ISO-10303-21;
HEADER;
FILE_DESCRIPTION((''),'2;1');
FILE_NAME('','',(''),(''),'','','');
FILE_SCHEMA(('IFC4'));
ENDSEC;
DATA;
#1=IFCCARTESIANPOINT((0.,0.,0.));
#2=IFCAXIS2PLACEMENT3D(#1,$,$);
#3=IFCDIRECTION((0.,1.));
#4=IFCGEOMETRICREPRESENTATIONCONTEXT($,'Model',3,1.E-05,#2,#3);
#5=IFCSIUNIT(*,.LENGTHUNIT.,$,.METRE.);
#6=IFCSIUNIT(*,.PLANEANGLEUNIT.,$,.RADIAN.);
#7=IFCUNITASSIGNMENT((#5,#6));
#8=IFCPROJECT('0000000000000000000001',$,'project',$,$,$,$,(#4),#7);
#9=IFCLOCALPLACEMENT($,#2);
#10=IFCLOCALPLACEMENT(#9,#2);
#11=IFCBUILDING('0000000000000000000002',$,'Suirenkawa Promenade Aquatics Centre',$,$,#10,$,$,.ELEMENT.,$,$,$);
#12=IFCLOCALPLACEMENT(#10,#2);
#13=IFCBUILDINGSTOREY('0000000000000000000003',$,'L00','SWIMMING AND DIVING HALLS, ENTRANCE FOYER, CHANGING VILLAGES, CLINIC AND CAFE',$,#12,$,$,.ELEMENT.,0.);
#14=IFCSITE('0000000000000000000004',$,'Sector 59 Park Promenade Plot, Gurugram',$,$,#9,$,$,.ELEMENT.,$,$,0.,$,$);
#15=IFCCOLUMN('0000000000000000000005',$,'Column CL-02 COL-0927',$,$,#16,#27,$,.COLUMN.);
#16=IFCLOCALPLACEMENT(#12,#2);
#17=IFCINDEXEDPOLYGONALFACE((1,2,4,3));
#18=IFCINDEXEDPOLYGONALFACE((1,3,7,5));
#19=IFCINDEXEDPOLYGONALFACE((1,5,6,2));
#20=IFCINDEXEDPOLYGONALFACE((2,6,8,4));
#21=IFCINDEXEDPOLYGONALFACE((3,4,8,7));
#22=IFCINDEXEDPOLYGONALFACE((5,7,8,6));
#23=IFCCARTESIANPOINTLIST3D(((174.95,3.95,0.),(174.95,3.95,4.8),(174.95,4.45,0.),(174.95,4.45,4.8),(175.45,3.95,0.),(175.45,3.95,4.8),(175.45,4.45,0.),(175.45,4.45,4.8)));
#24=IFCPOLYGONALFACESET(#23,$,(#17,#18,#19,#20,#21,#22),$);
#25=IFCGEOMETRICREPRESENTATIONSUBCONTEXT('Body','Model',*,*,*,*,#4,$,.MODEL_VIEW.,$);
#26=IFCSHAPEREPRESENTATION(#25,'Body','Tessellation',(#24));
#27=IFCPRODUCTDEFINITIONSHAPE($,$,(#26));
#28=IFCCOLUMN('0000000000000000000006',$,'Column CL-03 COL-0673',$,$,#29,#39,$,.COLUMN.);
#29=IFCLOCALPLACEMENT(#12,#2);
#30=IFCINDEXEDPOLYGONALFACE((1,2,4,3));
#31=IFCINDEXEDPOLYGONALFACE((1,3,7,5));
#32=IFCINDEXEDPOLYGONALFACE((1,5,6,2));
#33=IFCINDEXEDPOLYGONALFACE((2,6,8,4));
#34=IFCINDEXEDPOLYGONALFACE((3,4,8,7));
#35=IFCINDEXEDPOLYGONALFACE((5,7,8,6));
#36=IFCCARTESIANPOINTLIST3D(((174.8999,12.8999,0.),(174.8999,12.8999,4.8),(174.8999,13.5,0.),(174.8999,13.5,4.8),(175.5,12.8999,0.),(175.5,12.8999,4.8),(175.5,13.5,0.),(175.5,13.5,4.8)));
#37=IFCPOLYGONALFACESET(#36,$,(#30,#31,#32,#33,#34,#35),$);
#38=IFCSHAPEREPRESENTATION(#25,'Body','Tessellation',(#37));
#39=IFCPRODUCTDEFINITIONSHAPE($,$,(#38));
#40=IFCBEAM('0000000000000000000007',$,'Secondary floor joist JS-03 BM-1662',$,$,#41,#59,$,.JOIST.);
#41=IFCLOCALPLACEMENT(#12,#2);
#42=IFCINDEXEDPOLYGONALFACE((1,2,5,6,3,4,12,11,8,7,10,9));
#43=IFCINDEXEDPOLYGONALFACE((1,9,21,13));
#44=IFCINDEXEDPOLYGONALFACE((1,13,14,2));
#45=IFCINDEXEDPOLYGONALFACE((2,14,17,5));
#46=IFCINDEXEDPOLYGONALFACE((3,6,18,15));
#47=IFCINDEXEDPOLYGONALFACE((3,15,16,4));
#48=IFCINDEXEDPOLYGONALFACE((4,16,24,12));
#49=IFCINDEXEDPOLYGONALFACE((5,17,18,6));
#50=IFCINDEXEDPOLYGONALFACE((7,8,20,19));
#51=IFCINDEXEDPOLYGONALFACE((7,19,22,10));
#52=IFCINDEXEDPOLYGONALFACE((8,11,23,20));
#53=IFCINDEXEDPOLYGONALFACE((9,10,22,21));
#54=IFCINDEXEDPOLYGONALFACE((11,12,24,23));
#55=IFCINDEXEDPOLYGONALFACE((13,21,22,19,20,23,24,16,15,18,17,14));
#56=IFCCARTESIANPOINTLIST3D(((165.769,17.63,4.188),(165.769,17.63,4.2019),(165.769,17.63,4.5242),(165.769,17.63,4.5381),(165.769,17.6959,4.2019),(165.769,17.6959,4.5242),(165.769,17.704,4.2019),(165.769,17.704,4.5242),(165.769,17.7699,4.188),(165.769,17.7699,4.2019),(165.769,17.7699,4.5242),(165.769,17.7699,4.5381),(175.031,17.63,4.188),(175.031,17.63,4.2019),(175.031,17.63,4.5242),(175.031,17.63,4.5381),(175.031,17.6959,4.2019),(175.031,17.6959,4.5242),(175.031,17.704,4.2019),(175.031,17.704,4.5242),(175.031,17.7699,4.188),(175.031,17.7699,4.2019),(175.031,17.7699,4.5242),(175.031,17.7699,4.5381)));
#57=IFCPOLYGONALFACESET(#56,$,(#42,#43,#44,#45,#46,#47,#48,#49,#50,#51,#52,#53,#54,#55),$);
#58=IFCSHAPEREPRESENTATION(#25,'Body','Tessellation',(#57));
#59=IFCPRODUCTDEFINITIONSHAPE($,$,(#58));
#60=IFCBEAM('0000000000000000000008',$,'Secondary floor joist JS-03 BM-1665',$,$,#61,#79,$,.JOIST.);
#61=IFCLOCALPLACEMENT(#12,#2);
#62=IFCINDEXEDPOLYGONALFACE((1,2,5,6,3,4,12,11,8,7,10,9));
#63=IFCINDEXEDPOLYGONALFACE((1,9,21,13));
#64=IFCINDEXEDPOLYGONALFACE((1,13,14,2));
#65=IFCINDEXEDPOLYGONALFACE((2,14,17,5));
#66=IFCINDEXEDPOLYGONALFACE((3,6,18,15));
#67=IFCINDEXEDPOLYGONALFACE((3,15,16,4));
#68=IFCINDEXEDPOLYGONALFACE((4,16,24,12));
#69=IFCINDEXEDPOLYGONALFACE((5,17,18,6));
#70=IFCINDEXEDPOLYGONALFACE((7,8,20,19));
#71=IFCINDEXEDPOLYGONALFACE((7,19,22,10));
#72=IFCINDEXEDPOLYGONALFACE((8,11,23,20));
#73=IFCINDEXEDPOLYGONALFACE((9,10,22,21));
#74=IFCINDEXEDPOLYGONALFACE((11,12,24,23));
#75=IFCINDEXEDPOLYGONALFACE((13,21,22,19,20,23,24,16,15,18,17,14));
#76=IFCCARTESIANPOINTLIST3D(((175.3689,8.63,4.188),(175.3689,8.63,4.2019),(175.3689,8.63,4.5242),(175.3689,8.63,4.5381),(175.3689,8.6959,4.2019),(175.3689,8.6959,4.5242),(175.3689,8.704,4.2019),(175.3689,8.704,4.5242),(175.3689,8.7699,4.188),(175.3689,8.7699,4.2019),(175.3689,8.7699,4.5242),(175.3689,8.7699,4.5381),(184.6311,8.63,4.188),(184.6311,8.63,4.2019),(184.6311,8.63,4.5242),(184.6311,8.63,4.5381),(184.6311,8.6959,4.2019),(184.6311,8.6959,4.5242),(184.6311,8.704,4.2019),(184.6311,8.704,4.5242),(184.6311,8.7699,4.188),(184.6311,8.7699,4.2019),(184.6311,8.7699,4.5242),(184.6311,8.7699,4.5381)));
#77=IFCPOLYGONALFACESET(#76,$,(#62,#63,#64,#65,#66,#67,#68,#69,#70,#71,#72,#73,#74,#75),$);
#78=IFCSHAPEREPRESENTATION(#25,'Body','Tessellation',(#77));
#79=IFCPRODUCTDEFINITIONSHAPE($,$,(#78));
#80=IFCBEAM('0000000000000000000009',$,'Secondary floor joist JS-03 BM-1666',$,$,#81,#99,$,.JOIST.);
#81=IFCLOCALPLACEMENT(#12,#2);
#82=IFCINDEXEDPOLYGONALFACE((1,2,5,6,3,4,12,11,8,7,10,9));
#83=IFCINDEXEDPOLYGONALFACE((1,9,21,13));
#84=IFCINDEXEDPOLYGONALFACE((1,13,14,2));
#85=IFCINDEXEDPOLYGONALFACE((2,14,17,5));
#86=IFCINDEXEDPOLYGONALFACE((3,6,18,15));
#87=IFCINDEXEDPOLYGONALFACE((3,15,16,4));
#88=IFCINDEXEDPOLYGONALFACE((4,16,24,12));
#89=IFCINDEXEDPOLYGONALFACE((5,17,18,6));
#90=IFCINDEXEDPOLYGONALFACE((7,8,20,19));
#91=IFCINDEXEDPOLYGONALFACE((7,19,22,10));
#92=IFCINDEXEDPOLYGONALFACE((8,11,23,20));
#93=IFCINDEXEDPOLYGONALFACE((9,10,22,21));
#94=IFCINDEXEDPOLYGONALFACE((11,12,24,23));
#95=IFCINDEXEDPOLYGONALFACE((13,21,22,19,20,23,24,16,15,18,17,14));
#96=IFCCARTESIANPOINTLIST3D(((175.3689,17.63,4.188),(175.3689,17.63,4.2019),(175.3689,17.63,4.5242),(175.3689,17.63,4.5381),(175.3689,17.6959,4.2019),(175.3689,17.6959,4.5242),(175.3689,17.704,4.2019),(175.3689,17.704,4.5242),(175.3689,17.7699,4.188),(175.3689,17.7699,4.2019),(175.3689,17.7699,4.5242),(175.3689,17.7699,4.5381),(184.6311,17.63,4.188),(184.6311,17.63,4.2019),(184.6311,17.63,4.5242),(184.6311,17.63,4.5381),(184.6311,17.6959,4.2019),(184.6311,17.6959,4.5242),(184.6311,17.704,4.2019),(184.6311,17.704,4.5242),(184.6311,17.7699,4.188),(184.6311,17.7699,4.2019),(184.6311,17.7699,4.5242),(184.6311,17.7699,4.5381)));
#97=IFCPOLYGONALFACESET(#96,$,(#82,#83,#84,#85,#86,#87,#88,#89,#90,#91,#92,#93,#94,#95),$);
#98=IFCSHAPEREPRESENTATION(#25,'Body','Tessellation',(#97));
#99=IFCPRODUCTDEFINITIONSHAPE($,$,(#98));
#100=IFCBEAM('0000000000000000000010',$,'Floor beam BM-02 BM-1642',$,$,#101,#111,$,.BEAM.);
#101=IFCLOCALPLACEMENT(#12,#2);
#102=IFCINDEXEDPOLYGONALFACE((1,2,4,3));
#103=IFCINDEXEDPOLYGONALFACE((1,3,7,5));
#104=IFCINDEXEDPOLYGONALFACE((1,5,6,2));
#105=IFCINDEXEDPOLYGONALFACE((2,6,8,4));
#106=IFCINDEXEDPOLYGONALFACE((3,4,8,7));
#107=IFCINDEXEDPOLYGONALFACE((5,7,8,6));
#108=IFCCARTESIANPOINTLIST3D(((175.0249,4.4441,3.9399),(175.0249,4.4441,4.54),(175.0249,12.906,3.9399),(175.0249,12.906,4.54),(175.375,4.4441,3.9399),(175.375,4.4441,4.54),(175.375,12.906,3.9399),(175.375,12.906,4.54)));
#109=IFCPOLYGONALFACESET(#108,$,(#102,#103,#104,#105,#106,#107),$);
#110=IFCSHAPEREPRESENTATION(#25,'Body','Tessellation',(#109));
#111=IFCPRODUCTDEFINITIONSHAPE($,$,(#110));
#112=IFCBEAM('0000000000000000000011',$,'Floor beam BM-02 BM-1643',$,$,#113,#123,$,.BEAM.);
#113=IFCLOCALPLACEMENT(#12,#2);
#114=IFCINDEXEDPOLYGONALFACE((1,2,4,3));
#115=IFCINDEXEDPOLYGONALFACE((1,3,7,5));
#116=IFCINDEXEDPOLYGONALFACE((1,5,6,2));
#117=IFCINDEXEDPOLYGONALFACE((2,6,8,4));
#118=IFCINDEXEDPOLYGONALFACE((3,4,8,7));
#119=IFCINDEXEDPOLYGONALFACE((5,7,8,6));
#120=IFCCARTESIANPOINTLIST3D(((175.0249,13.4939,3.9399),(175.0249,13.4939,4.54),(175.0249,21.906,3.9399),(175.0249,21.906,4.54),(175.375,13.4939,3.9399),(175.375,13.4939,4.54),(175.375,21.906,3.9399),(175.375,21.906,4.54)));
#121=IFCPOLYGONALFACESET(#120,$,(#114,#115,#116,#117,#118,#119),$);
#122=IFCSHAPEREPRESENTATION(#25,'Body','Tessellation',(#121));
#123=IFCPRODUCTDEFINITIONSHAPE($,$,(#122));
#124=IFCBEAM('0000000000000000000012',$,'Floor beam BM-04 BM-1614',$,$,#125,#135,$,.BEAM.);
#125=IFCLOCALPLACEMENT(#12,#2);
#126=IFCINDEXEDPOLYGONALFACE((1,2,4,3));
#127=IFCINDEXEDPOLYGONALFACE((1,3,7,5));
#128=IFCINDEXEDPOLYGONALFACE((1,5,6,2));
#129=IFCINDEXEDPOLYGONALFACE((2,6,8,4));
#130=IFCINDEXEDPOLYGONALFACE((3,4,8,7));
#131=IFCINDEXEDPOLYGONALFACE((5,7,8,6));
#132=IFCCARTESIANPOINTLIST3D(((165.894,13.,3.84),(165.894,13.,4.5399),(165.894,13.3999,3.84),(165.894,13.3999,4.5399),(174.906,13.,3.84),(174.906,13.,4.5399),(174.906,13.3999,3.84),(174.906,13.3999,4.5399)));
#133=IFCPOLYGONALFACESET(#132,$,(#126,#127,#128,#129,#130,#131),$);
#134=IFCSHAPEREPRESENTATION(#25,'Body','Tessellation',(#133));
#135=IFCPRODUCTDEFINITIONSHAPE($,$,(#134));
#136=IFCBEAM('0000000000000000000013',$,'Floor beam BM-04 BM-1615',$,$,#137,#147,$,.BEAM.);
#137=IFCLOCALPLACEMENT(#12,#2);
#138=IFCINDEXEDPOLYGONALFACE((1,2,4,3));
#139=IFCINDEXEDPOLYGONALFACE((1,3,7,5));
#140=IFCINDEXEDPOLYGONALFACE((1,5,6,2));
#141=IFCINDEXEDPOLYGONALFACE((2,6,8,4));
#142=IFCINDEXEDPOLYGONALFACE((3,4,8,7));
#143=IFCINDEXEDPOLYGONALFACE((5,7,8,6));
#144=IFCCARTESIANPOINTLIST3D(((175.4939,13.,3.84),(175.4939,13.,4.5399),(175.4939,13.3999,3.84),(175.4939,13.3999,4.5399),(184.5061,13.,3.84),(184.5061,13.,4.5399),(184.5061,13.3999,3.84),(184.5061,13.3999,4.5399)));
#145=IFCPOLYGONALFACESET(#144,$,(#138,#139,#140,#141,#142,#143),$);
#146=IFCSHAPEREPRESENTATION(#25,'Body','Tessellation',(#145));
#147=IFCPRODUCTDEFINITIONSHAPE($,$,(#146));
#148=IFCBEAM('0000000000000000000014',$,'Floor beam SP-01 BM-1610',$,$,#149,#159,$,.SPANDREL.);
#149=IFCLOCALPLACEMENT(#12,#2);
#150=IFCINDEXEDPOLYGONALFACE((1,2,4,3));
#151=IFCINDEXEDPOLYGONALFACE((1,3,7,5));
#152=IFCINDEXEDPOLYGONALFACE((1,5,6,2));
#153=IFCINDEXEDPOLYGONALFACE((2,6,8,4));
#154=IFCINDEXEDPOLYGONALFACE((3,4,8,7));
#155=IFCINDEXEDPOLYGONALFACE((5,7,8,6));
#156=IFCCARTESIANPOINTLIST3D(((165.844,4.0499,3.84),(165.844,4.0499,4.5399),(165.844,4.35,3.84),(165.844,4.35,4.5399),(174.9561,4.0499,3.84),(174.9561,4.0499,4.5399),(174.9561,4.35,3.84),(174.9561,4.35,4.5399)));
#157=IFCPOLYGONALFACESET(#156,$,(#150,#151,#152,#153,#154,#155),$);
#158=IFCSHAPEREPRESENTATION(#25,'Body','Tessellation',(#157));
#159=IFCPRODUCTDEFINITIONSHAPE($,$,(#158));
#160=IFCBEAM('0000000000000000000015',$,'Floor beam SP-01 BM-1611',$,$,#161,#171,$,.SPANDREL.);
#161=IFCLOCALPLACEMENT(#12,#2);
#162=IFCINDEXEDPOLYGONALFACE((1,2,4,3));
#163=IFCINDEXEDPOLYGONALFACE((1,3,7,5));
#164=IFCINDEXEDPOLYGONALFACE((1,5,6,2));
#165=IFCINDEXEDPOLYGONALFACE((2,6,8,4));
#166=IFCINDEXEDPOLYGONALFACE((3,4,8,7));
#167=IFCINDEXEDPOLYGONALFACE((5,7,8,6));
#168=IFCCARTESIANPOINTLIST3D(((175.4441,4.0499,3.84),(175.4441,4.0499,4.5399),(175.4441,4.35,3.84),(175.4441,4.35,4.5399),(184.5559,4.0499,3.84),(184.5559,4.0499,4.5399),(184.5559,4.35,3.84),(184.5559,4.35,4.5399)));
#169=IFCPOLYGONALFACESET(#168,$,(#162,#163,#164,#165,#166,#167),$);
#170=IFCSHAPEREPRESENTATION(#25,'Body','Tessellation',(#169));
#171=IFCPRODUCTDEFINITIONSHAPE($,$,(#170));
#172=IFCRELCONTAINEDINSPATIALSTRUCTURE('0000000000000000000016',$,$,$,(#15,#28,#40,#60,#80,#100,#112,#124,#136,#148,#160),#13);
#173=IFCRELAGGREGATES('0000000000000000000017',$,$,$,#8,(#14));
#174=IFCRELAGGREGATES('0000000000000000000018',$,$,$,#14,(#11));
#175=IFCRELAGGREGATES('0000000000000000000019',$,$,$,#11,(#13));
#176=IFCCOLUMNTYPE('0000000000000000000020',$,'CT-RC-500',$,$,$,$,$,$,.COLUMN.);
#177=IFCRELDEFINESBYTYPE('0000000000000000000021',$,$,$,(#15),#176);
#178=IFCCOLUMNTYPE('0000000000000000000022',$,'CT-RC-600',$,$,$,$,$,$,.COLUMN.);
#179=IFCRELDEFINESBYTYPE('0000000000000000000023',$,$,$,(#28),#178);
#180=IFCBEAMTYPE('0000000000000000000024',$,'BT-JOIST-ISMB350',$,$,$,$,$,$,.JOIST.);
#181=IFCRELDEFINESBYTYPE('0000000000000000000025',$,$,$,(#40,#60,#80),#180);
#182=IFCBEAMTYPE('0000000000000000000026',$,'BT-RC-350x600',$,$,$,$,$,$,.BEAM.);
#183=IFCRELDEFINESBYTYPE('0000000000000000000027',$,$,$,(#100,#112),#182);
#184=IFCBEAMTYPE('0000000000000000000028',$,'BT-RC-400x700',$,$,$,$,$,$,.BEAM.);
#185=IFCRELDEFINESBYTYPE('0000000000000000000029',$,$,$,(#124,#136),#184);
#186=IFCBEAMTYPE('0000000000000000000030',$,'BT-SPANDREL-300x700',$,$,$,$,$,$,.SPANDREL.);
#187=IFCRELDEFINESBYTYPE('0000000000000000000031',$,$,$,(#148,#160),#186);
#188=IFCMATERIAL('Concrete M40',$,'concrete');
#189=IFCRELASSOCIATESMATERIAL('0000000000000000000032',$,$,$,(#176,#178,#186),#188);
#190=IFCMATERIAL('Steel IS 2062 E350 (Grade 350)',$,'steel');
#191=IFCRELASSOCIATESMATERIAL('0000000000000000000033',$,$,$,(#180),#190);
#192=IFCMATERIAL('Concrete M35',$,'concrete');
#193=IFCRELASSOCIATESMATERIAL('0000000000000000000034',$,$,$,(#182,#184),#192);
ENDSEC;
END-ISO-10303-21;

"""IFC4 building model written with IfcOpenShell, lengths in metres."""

from ifc_helpers import new_model, si_unit, direction, frame, origin, origin_2d, place, context, subcontext, project, spatial, rectangle, i_section, extrude, material, material_profile, profile_set, type_object, element, save


model = new_model("IFC4")

# Units and contexts
model_context = context("Model", 3, precision=1e-05, world=origin(), true_north=direction((0.0, 1.0)))
body_context = subcontext(model_context, "Body", "Model", "MODEL_VIEW")
ifc_project = project(units=[si_unit("LENGTHUNIT", "METRE"), si_unit("PLANEANGLEUNIT", "RADIAN")], contexts=[model_context])

# Site, building, storey
site_placement = place(None, origin())
site = spatial("IfcSite", under=ifc_project, at=site_placement, Name="Sector 59 Park Promenade Plot, Gurugram", CompositionType="ELEMENT", RefElevation=0.0)
building_placement = place(site_placement, origin())
building = spatial("IfcBuilding", under=site, at=building_placement, Name="Suirenkawa Promenade Aquatics Centre", CompositionType="ELEMENT")
storey_placement = place(building_placement, origin())
storey = spatial("IfcBuildingStorey", under=building, at=storey_placement, Name="L00", Description="SWIMMING AND DIVING HALLS, ENTRANCE FOYER, CHANGING VILLAGES, CLINIC AND CAFE", CompositionType="ELEMENT", Elevation=0.0)

# Columns
ifc_material_1 = material(Name="Concrete M40", Category="concrete")
ifc_material_profile_1 = material_profile(ifc_material_1, rectangle(XDim=0.5, YDim=0.5, at=origin_2d()), Name="RC COL 500x500", Category="concrete")
ifc_profile_set_1 = profile_set([ifc_material_profile_1], Name="Concrete M40")
column_type_1 = type_object("IfcColumnType", Name="CT-RC-500", PredefinedType="COLUMN", material=ifc_profile_set_1)
column_1_placement = place(storey_placement, frame((175.2, 4.2, 0.0), z_axis=(0.0, 0.0, 1.0), x_axis=(1.0, 0.0, 0.0)))
element("IfcColumn", 1, at=column_1_placement, inside=storey, type_object=column_type_1, Name="Column CL-02 COL-0927", PredefinedType="COLUMN", context=body_context, shape_type="SweptSolid", body=[
    extrude(rectangle(XDim=0.5, YDim=0.5, at=origin_2d()), origin(), (0.0, 0.0, 1.0), 4.8),
])
ifc_material_profile_2 = material_profile(ifc_material_1, rectangle(XDim=0.6001, YDim=0.6001, at=origin_2d()), Name="RC COL 600x600", Category="concrete")
ifc_profile_set_2 = profile_set([ifc_material_profile_2], Name="Concrete M40")
column_type_2 = type_object("IfcColumnType", Name="CT-RC-600", PredefinedType="COLUMN", material=ifc_profile_set_2)
column_2_placement = place(storey_placement, frame((175.2, 13.2, 0.0), z_axis=(0.0, 0.0, 1.0), x_axis=(1.0, 0.0, 0.0)))
element("IfcColumn", 2, at=column_2_placement, inside=storey, type_object=column_type_2, Name="Column CL-03 COL-0673", PredefinedType="COLUMN", context=body_context, shape_type="SweptSolid", body=[
    extrude(rectangle(XDim=0.6001, YDim=0.6001, at=origin_2d()), origin(), (0.0, 0.0, 1.0), 4.8),
])

# Beams
ifc_material_2 = material(Name="Steel IS 2062 E350 (Grade 350)", Category="steel")
ifc_material_profile_3 = material_profile(ifc_material_2, i_section(OverallWidth=0.1399, OverallDepth=0.3501, WebThickness=0.0081, FlangeThickness=0.0139, at=origin_2d()), Name="ISMB 350", Category="steel")
ifc_profile_set_3 = profile_set([ifc_material_profile_3], Name="Steel IS 2062 E350 (Grade 350)")
beam_type_1 = type_object("IfcBeamType", Name="BT-JOIST-ISMB350", PredefinedType="JOIST", material=ifc_profile_set_3)
beam_1_placement = place(storey_placement, frame((165.769, 17.7, 4.363), z_axis=(1.0, 0.0, 0.0), x_axis=(0.0, 1.0, 0.0)))
element("IfcBeam", 3, at=beam_1_placement, inside=storey, type_object=beam_type_1, Name="Secondary floor joist JS-03 BM-1662", PredefinedType="JOIST", context=body_context, shape_type="SweptSolid", body=[
    extrude(i_section(OverallWidth=0.1399, OverallDepth=0.3501, WebThickness=0.0081, FlangeThickness=0.0139, at=origin_2d()), origin(), (0.0, 0.0, 1.0), 9.262),
])
for number, where, z_axis, x_axis, name in (
    (4, (175.3689, 8.7, 4.363), (1.0, 0.0, 0.0), (0.0, 1.0, 0.0), "Secondary floor joist JS-03 BM-1665"),
    (5, (175.3689, 17.7, 4.363), (1.0, 0.0, 0.0), (0.0, 1.0, 0.0), "Secondary floor joist JS-03 BM-1666"),
):
    element("IfcBeam", number, at=place(storey_placement, frame(where, z_axis=z_axis, x_axis=x_axis)), inside=storey, type_object=beam_type_1, Name=name, PredefinedType="JOIST", context=body_context, shape_type="SweptSolid", body=[
        extrude(i_section(OverallWidth=0.1399, OverallDepth=0.3501, WebThickness=0.0081, FlangeThickness=0.0139, at=origin_2d()), origin(), (0.0, 0.0, 1.0), 9.2622),
    ])
ifc_material_3 = material(Name="Concrete M35", Category="concrete")
ifc_material_profile_4 = material_profile(ifc_material_3, rectangle(XDim=0.3501, YDim=0.6001, at=origin_2d()), Name="RC BM 350x600", Category="concrete")
ifc_profile_set_4 = profile_set([ifc_material_profile_4], Name="Concrete M35")
beam_type_2 = type_object("IfcBeamType", Name="BT-RC-350x600", PredefinedType="BEAM", material=ifc_profile_set_4)
beam_2_placement = place(storey_placement, frame((175.2, 4.4441, 4.24), z_axis=(0.0, 1.0, 0.0), x_axis=(-1.0, 0.0, 0.0)))
element("IfcBeam", 6, at=beam_2_placement, inside=storey, type_object=beam_type_2, Name="Floor beam BM-02 BM-1642", PredefinedType="BEAM", context=body_context, shape_type="SweptSolid", body=[
    extrude(rectangle(XDim=0.3501, YDim=0.6001, at=origin_2d()), origin(), (0.0, 0.0, 1.0), 8.4619),
])
beam_3_placement = place(storey_placement, frame((175.2, 13.4939, 4.24), z_axis=(0.0, 1.0, 0.0), x_axis=(-1.0, 0.0, 0.0)))
element("IfcBeam", 7, at=beam_3_placement, inside=storey, type_object=beam_type_2, Name="Floor beam BM-02 BM-1643", PredefinedType="BEAM", context=body_context, shape_type="SweptSolid", body=[
    extrude(rectangle(XDim=0.3501, YDim=0.6001, at=origin_2d()), origin(), (0.0, 0.0, 1.0), 8.4121),
])
ifc_material_profile_5 = material_profile(ifc_material_3, rectangle(XDim=0.3999, YDim=0.7, at=origin_2d()), Name="RC BM 400x700", Category="concrete")
ifc_profile_set_5 = profile_set([ifc_material_profile_5], Name="Concrete M35")
beam_type_3 = type_object("IfcBeamType", Name="BT-RC-400x700", PredefinedType="BEAM", material=ifc_profile_set_5)
beam_4_placement = place(storey_placement, frame((165.894, 13.2, 4.1899), z_axis=(1.0, 0.0, 0.0), x_axis=(0.0, 1.0, 0.0)))
element("IfcBeam", 8, at=beam_4_placement, inside=storey, type_object=beam_type_3, Name="Floor beam BM-04 BM-1614", PredefinedType="BEAM", context=body_context, shape_type="SweptSolid", body=[
    extrude(rectangle(XDim=0.3999, YDim=0.7, at=origin_2d()), origin(), (0.0, 0.0, 1.0), 9.012),
])
beam_5_placement = place(storey_placement, frame((175.4939, 13.2, 4.1899), z_axis=(1.0, 0.0, 0.0), x_axis=(0.0, 1.0, 0.0)))
element("IfcBeam", 9, at=beam_5_placement, inside=storey, type_object=beam_type_3, Name="Floor beam BM-04 BM-1615", PredefinedType="BEAM", context=body_context, shape_type="SweptSolid", body=[
    extrude(rectangle(XDim=0.3999, YDim=0.7, at=origin_2d()), origin(), (0.0, 0.0, 1.0), 9.0122),
])
ifc_material_profile_6 = material_profile(ifc_material_1, rectangle(XDim=0.3, YDim=0.7, at=origin_2d()), Name="RC SPANDREL 300x700", Category="concrete")
ifc_profile_set_6 = profile_set([ifc_material_profile_6], Name="Concrete M40")
beam_type_4 = type_object("IfcBeamType", Name="BT-SPANDREL-300x700", PredefinedType="SPANDREL", material=ifc_profile_set_6)
beam_6_placement = place(storey_placement, frame((165.844, 4.2, 4.1899), z_axis=(1.0, 0.0, 0.0), x_axis=(0.0, 1.0, 0.0)))
element("IfcBeam", 10, at=beam_6_placement, inside=storey, type_object=beam_type_4, Name="Floor beam SP-01 BM-1610", PredefinedType="SPANDREL", context=body_context, shape_type="SweptSolid", body=[
    extrude(rectangle(XDim=0.3, YDim=0.7, at=origin_2d()), origin(), (0.0, 0.0, 1.0), 9.1121),
])
beam_7_placement = place(storey_placement, frame((175.4441, 4.2, 4.1899), z_axis=(1.0, 0.0, 0.0), x_axis=(0.0, 1.0, 0.0)))
element("IfcBeam", 11, at=beam_7_placement, inside=storey, type_object=beam_type_4, Name="Floor beam SP-01 BM-1611", PredefinedType="SPANDREL", context=body_context, shape_type="SweptSolid", body=[
    extrude(rectangle(XDim=0.3, YDim=0.7, at=origin_2d()), origin(), (0.0, 0.0, 1.0), 9.1118),
])

save(model, "model.ifc")
